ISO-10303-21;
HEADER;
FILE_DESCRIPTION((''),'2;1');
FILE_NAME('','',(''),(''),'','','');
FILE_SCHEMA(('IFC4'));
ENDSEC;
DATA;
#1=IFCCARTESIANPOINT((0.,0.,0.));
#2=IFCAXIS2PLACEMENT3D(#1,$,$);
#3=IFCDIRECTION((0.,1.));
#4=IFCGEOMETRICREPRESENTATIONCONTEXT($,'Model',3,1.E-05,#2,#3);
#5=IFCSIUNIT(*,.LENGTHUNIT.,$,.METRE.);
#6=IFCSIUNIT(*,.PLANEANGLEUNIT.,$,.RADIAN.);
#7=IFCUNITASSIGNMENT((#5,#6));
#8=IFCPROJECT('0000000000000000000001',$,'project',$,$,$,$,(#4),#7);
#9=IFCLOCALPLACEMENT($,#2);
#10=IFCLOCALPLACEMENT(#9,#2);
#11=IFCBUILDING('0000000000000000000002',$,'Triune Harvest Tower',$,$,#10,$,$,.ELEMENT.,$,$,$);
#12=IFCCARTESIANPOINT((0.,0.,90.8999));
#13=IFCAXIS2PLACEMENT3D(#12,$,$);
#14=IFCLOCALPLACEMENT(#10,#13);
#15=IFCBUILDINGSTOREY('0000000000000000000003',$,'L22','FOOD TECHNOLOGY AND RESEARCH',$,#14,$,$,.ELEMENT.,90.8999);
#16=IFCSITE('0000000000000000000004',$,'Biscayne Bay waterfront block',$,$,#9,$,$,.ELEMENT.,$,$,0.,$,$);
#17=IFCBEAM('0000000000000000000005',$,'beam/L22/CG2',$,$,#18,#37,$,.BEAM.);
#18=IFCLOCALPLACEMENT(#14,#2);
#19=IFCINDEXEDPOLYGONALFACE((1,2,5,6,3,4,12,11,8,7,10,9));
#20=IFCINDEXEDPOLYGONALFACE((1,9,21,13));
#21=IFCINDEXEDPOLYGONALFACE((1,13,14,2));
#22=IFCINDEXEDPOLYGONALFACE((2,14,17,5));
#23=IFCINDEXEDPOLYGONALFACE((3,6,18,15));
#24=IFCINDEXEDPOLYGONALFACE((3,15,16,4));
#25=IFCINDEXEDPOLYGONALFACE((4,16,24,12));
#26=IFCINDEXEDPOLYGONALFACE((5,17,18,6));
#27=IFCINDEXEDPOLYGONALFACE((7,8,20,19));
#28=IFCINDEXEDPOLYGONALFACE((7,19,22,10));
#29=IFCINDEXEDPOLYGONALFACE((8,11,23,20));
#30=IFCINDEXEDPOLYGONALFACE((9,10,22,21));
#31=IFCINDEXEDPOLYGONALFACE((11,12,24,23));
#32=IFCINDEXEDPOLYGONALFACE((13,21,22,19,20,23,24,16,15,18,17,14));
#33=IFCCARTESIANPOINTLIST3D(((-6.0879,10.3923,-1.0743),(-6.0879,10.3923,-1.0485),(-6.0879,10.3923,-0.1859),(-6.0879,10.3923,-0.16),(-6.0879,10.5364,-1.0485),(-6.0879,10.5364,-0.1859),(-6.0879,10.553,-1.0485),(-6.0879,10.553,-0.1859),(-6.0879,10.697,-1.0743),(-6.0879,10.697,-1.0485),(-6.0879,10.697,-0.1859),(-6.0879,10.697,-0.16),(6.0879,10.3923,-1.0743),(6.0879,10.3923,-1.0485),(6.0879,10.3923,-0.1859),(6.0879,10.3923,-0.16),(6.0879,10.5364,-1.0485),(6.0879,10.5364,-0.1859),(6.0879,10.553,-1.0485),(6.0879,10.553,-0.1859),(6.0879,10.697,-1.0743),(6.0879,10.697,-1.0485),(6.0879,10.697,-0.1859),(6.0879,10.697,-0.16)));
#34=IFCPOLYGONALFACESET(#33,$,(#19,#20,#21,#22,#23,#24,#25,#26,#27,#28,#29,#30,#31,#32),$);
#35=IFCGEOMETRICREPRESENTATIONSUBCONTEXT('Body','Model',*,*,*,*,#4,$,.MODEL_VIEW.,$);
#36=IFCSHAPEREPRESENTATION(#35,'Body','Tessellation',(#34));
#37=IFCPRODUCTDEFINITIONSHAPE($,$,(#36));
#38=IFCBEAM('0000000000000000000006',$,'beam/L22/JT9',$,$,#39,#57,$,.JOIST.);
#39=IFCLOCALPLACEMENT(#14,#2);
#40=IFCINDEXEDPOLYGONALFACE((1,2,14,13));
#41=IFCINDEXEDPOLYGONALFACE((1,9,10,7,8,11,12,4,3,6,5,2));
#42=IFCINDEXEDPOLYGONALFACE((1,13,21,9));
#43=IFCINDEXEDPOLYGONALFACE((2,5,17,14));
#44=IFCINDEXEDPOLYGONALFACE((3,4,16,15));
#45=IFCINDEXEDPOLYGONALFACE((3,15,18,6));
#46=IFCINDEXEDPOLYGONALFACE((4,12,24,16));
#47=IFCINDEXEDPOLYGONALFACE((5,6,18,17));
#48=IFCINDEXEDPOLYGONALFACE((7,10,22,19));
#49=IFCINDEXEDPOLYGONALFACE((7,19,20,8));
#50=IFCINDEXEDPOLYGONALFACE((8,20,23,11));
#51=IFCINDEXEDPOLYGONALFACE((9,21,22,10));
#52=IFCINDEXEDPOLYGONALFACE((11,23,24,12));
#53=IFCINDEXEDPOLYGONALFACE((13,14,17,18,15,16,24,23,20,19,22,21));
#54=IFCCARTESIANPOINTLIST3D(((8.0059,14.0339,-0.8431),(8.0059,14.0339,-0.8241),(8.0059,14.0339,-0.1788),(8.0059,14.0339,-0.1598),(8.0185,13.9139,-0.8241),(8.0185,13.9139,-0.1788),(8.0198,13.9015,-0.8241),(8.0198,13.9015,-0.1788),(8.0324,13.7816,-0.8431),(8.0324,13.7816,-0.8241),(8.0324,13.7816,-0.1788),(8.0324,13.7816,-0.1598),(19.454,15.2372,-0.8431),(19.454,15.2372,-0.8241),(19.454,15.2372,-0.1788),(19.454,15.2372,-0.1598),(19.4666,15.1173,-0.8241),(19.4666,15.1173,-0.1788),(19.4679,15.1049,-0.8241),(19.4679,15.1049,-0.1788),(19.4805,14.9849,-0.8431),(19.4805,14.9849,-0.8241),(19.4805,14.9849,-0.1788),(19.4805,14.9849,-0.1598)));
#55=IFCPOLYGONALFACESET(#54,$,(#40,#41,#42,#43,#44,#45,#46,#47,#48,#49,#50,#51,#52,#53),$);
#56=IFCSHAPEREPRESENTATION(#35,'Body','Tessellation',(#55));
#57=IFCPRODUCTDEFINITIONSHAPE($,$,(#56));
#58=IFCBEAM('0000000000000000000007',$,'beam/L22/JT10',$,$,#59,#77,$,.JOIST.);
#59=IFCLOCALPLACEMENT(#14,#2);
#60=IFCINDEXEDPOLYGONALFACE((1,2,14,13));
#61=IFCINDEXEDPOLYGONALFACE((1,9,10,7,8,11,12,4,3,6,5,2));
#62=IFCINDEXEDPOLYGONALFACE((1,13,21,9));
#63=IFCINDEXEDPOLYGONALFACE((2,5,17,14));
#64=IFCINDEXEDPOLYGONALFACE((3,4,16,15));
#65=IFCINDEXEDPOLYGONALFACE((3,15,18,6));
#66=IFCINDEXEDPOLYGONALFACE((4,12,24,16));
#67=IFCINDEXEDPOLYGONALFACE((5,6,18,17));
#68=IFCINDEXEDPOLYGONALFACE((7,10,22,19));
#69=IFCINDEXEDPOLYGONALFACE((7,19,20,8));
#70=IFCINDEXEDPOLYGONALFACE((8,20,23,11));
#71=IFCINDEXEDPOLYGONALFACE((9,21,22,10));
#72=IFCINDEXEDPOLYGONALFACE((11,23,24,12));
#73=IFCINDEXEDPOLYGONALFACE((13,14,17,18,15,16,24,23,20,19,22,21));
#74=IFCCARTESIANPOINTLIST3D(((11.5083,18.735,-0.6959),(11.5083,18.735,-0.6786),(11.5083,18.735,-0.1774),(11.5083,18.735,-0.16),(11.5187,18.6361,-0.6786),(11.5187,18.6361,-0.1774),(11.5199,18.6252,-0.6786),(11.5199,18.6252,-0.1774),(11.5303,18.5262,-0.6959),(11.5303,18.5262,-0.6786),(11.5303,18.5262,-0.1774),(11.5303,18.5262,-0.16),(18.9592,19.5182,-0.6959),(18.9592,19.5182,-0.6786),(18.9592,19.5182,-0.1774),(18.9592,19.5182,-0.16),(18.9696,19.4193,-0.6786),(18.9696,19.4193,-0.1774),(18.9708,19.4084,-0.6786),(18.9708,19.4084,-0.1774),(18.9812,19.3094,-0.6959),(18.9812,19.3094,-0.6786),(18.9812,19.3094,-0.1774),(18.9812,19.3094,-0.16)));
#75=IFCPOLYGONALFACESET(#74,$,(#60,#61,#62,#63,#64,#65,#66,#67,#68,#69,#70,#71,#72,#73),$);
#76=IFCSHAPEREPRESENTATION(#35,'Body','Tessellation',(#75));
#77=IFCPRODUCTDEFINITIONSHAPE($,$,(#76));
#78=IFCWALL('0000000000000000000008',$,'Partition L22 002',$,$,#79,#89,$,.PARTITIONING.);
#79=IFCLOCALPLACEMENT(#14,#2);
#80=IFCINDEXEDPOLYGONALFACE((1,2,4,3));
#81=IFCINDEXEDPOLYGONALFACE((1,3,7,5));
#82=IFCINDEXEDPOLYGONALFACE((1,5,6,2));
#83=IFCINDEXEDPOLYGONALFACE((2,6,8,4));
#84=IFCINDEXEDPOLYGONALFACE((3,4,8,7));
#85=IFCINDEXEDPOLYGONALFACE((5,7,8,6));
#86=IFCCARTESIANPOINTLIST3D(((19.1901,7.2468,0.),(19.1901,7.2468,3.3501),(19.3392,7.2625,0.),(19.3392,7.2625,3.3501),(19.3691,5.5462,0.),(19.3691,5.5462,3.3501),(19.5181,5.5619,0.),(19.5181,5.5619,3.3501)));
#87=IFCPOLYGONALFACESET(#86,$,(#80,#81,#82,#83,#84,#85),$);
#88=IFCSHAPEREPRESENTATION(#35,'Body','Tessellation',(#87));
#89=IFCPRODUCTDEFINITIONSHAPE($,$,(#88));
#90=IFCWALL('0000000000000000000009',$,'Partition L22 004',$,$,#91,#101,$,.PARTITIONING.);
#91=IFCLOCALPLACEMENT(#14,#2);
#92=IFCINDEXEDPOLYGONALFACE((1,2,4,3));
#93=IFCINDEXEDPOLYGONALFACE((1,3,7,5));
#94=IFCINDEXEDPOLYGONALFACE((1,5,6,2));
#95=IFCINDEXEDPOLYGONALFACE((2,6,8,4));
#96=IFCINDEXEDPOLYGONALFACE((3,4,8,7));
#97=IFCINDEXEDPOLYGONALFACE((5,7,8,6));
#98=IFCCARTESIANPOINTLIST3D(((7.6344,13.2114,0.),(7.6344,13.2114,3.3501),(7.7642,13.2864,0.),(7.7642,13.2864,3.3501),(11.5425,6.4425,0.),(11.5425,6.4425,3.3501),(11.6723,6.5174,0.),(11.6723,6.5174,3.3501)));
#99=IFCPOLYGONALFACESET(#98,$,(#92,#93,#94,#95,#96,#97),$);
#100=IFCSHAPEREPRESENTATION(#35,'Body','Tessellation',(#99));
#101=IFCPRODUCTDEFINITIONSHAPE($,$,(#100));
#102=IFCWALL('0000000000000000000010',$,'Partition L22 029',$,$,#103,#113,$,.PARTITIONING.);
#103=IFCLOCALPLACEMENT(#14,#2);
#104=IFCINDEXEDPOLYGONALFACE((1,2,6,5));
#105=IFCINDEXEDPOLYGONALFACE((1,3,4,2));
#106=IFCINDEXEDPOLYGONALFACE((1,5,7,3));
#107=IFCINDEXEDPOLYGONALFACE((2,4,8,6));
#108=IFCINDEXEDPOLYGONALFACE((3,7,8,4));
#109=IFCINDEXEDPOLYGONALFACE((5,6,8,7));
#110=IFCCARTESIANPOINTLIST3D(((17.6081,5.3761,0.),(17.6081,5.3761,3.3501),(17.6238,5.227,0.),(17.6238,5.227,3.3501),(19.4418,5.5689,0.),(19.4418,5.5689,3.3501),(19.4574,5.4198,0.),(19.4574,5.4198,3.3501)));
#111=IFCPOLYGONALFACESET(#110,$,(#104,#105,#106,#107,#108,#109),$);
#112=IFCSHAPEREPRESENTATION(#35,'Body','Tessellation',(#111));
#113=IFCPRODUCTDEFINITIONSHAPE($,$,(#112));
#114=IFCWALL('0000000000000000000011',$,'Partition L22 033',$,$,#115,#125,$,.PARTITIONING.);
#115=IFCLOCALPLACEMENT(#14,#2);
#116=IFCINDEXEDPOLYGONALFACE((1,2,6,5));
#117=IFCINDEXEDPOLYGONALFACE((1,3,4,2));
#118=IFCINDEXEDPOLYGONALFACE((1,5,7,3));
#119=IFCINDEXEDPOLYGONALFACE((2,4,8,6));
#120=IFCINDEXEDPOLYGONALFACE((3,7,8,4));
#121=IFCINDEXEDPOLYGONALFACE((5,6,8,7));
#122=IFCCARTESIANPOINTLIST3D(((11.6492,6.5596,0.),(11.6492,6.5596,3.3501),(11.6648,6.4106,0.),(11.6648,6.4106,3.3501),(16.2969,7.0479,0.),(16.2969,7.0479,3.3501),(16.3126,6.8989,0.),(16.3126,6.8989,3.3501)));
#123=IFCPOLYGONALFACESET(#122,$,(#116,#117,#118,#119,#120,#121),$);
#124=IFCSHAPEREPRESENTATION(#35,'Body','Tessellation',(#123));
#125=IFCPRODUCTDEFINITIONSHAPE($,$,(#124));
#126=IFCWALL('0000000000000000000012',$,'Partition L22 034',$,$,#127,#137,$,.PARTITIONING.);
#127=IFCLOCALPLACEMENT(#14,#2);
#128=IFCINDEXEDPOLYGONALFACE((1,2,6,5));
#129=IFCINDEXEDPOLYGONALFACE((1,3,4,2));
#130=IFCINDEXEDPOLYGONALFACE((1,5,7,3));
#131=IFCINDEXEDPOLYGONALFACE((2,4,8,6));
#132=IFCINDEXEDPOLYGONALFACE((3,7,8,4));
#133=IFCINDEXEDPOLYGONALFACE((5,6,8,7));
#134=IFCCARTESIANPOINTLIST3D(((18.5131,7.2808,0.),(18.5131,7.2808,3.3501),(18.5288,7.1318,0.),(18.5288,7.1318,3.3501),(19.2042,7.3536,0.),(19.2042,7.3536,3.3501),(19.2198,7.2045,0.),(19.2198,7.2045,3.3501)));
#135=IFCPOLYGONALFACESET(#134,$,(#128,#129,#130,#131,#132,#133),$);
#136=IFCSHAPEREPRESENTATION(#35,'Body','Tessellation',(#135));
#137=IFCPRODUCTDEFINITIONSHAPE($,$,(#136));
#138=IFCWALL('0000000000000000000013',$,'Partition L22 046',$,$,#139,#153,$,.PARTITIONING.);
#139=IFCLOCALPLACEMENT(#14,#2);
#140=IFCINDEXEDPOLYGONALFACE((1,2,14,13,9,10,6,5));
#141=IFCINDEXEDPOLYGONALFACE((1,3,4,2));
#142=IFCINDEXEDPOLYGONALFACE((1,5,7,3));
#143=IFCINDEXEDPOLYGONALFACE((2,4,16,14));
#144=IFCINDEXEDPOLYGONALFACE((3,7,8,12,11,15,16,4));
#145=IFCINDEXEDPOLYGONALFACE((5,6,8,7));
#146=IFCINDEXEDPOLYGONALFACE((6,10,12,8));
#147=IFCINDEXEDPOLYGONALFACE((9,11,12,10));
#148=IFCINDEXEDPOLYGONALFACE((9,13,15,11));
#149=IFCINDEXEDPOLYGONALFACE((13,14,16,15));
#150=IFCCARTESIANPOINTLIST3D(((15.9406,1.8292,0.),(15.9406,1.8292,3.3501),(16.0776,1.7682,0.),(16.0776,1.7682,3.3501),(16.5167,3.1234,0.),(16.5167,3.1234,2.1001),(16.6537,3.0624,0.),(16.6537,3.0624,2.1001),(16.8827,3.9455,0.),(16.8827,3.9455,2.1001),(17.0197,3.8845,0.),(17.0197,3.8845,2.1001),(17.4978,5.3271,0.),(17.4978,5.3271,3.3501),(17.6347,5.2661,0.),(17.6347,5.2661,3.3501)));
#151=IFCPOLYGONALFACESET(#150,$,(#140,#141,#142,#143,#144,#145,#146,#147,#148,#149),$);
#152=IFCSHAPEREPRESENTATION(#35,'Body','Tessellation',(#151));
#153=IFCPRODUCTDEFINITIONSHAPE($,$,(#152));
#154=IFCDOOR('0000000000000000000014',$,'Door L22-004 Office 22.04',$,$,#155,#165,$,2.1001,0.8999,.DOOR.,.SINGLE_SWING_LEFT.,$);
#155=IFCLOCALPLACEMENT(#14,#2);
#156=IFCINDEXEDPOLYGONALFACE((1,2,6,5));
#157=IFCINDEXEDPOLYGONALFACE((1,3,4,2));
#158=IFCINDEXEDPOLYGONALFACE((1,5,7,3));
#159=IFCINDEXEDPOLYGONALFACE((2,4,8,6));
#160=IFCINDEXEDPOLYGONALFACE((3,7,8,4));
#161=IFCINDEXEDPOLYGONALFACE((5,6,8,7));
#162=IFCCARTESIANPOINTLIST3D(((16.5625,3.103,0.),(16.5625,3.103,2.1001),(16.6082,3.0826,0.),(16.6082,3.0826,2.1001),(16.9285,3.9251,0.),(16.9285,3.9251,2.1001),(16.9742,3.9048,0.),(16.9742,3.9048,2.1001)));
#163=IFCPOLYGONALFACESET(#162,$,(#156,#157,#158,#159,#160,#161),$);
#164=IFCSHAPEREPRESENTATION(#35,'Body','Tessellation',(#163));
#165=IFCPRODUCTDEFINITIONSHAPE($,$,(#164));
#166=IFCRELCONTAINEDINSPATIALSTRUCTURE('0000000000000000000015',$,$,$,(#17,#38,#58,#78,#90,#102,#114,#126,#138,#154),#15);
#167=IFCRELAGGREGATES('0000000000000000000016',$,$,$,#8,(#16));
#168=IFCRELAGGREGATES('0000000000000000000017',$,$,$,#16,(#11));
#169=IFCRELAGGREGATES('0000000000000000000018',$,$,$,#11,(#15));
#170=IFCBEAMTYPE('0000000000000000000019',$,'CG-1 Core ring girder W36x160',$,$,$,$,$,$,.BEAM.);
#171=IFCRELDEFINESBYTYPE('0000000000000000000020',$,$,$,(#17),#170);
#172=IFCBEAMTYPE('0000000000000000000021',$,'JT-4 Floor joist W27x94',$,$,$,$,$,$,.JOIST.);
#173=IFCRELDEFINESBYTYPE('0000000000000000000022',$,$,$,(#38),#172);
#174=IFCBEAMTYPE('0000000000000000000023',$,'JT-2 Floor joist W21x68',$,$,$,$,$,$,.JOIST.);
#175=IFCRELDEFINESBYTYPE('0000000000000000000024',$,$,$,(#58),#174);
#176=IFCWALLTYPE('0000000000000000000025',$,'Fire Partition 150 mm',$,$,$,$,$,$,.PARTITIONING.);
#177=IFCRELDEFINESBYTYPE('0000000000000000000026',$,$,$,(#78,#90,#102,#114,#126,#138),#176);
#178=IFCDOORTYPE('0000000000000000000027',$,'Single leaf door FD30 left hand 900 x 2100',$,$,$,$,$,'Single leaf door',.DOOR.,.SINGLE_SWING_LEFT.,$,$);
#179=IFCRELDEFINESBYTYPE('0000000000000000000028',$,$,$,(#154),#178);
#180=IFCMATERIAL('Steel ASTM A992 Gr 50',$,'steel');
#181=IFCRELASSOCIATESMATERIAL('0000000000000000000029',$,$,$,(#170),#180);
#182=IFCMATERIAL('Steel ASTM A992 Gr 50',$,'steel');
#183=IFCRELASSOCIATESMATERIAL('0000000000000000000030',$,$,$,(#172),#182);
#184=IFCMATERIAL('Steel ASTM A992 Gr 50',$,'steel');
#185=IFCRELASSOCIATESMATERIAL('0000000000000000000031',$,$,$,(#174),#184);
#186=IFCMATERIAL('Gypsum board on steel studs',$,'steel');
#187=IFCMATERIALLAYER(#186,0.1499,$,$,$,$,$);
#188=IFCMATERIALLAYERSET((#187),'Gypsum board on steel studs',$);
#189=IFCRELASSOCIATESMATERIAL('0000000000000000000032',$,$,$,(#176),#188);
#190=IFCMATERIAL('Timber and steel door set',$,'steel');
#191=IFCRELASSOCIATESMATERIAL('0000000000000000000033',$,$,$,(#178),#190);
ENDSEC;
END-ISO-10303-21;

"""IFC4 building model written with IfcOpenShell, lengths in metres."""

from ifc_helpers import new_model, si_unit, direction, frame, frame_2d, origin, origin_2d, place, context, subcontext, project, spatial, rectangle, i_section, extrude, source, transform, mapped, material, layer, layer_set, material_profile, profile_set, type_object, element, fill, save


model = new_model("IFC4")

# Units and contexts
model_context = context("Model", 3, precision=1e-05, world=origin(), true_north=direction((0.0, 1.0)))
body_context = subcontext(model_context, "Body", "Model", "MODEL_VIEW")
ifc_project = project(units=[si_unit("LENGTHUNIT", "METRE"), si_unit("PLANEANGLEUNIT", "RADIAN")], contexts=[model_context])

# Site, building, storey
site_placement = place(None, origin())
site = spatial("IfcSite", under=ifc_project, at=site_placement, Name="Biscayne Bay waterfront block", CompositionType="ELEMENT", RefElevation=0.0)
building_placement = place(site_placement, origin())
building = spatial("IfcBuilding", under=site, at=building_placement, Name="Triune Harvest Tower", CompositionType="ELEMENT")
storey_placement = place(building_placement, frame((0.0, 0.0, 90.8999)))
storey = spatial("IfcBuildingStorey", under=building, at=storey_placement, Name="L22", Description="FOOD TECHNOLOGY AND RESEARCH", CompositionType="ELEMENT", Elevation=90.8999)

# Beams
ifc_material_1 = material(Name="Steel ASTM A992 Gr 50", Category="steel")
ifc_material_profile_1 = material_profile(ifc_material_1, i_section(OverallWidth=0.3047, OverallDepth=0.9143, WebThickness=0.0166, FlangeThickness=0.0259, at=origin_2d()), Name="W36x160")
ifc_profile_set_1 = profile_set([ifc_material_profile_1], Name="Steel ASTM A992 Gr 50")
beam_type_1 = type_object("IfcBeamType", Name="CG-1 Core ring girder W36x160", PredefinedType="BEAM", material=ifc_profile_set_1)
shared_shape_1 = source(origin(), body_context, "Body", "SweptSolid", [
    extrude(i_section(OverallWidth=0.3047, OverallDepth=0.9143, WebThickness=0.0166, FlangeThickness=0.0259, at=origin_2d()), origin(), (0.0, 0.0, 1.0), 12.1758),
])
beam_1_placement = place(storey_placement, frame((6.0879, 10.5447, -0.6172), z_axis=(-1.0, 0.0, 0.0), x_axis=(0.0, -1.0, 0.0)))
element("IfcBeam", 1, at=beam_1_placement, inside=storey, type_object=beam_type_1, Name="beam/L22/CG2", PredefinedType="BEAM", context=body_context, shape_type="MappedRepresentation", body=[
    mapped(shared_shape_1, transform((0.0, 0.0, 0.0), scale=1.0)),
])
ifc_material_2 = material(Name="Steel ASTM A992 Gr 50", Category="steel")
ifc_material_profile_2 = material_profile(ifc_material_2, i_section(OverallWidth=0.2537, OverallDepth=0.6833, WebThickness=0.0125, FlangeThickness=0.019, at=origin_2d()), Name="W27x94")
ifc_profile_set_2 = profile_set([ifc_material_profile_2], Name="Steel ASTM A992 Gr 50")
beam_type_2 = type_object("IfcBeamType", Name="JT-4 Floor joist W27x94", PredefinedType="JOIST", material=ifc_profile_set_2)
shared_shape_2 = source(origin(), body_context, "Body", "SweptSolid", [
    extrude(i_section(OverallWidth=0.2537, OverallDepth=0.6833, WebThickness=0.0125, FlangeThickness=0.019, at=origin_2d()), origin(), (0.0, 0.0, 1.0), 11.5112),
])
beam_2_placement = place(storey_placement, frame((19.4673, 15.1111, -0.5015), z_axis=(-0.994521, -0.104538, 0.0), x_axis=(0.104538, -0.994521, 0.0)))
element("IfcBeam", 2, at=beam_2_placement, inside=storey, type_object=beam_type_2, Name="beam/L22/JT9", PredefinedType="JOIST", context=body_context, shape_type="MappedRepresentation", body=[
    mapped(shared_shape_2, transform((0.0, 0.0, 0.0), scale=1.0)),
])
ifc_material_3 = material(Name="Steel ASTM A992 Gr 50", Category="steel")
ifc_material_profile_3 = material_profile(ifc_material_3, i_section(OverallWidth=0.21, OverallDepth=0.5359, WebThickness=0.011, FlangeThickness=0.0173, at=origin_2d()), Name="W21x68")
ifc_profile_set_3 = profile_set([ifc_material_profile_3], Name="Steel ASTM A992 Gr 50")
beam_type_3 = type_object("IfcBeamType", Name="JT-2 Floor joist W21x68", PredefinedType="JOIST", material=ifc_profile_set_3)
shared_shape_3 = source(origin(), body_context, "Body", "SweptSolid", [
    extrude(i_section(OverallWidth=0.21, OverallDepth=0.5359, WebThickness=0.011, FlangeThickness=0.0173, at=origin_2d()), origin(), (0.0, 0.0, 1.0), 7.4919),
])
beam_3_placement = place(storey_placement, frame((18.9702, 19.4138, -0.428), z_axis=(-0.994521, -0.104539, 0.0), x_axis=(0.104539, -0.994521, 0.0)))
element("IfcBeam", 3, at=beam_3_placement, inside=storey, type_object=beam_type_3, Name="beam/L22/JT10", PredefinedType="JOIST", context=body_context, shape_type="MappedRepresentation", body=[
    mapped(shared_shape_3, transform((0.0, 0.0, 0.0), scale=1.0)),
])

# Walls
ifc_material_4 = material(Name="Gypsum board on steel studs", Category="steel")
ifc_layer_1 = layer(ifc_material_4, 0.1499)
ifc_layer_set_1 = layer_set([ifc_layer_1], Name="Gypsum board on steel studs")
wall_type_1 = type_object("IfcWallType", Name="Fire Partition 150 mm", PredefinedType="PARTITIONING", material=ifc_layer_set_1)
wall_1_placement = place(storey_placement, frame((19.2646, 7.2546, 0.0), z_axis=(0.0, 0.0, 1.0), x_axis=(0.104648, -0.994509, 0.0)))
element("IfcWall", 4, at=wall_1_placement, inside=storey, type_object=wall_type_1, Name="Partition L22 002", PredefinedType="PARTITIONING", context=body_context, shape_type="SweptSolid", body=[
    extrude(rectangle(XDim=1.71, YDim=0.1499, at=frame_2d((0.855, 0.0))), origin(), (0.0, 0.0, 1.0), 3.3501),
])
wall_2_placement = place(storey_placement, frame((7.6992, 13.249, 0.0), z_axis=(0.0, 0.0, 1.0), x_axis=(0.500009, -0.86602, 0.0)))
element("IfcWall", 5, at=wall_2_placement, inside=storey, type_object=wall_type_1, Name="Partition L22 004", PredefinedType="PARTITIONING", context=body_context, shape_type="SweptSolid", body=[
    extrude(rectangle(XDim=7.8162, YDim=0.1499, at=frame_2d((3.9082, 0.0))), origin(), (0.0, 0.0, 1.0), 3.3501),
])
wall_3_placement = place(storey_placement, frame((17.616, 5.3015, 0.0), z_axis=(0.0, 0.0, 1.0), x_axis=(0.994514, 0.104602, 0.0)))
element("IfcWall", 6, at=wall_3_placement, inside=storey, type_object=wall_type_1, Name="Partition L22 029", PredefinedType="PARTITIONING", context=body_context, shape_type="SweptSolid", body=[
    extrude(rectangle(XDim=1.8438, YDim=0.1499, at=frame_2d((0.9219, 0.0))), origin(), (0.0, 0.0, 1.0), 3.3501),
])
wall_4_placement = place(storey_placement, frame((11.657, 6.4851, 0.0), z_axis=(0.0, 0.0, 1.0), x_axis=(0.994527, 0.104484, 0.0)))
element("IfcWall", 7, at=wall_4_placement, inside=storey, type_object=wall_type_1, Name="Partition L22 033", PredefinedType="PARTITIONING", context=body_context, shape_type="SweptSolid", body=[
    extrude(rectangle(XDim=4.6733, YDim=0.1499, at=frame_2d((2.3367, 0.0))), origin(), (0.0, 0.0, 1.0), 3.3501),
])
wall_5_placement = place(storey_placement, frame((18.521, 7.2063, 0.0), z_axis=(0.0, 0.0, 1.0), x_axis=(0.994502, 0.104721, 0.0)))
element("IfcWall", 8, at=wall_5_placement, inside=storey, type_object=wall_type_1, Name="Partition L22 034", PredefinedType="PARTITIONING", context=body_context, shape_type="SweptSolid", body=[
    extrude(rectangle(XDim=0.6948, YDim=0.1499, at=frame_2d((0.3474, 0.0))), origin(), (0.0, 0.0, 1.0), 3.3501),
])

# Wall, opening, door
wall_6_placement = place(storey_placement, frame((16.009, 1.7986, 0.0), z_axis=(0.0, 0.0, 1.0), x_axis=(0.406695, 0.913564, 0.0)))
wall_6 = element("IfcWall", 9, at=wall_6_placement, inside=storey, type_object=wall_type_1, Name="Partition L22 046", PredefinedType="PARTITIONING", context=body_context, shape_type="SweptSolid", body=[
    extrude(rectangle(XDim=3.8289, YDim=0.1499, at=frame_2d((1.9146, 0.0))), origin(), (0.0, 0.0, 1.0), 3.3501),
])
opening_1_placement = place(wall_6_placement, frame((1.4167, 0.0, 0.0)))
opening_1 = element("IfcOpeningElement", 10, at=opening_1_placement, cuts=wall_6, PredefinedType="OPENING", context=body_context, shape_type="SweptSolid", body=[
    extrude(rectangle(XDim=0.8999, YDim=2.1001, at=frame_2d((0.45, 1.05))), frame((0.0, 0.085, 0.0), z_axis=(0.0, -1.0, 0.0), x_axis=(1.0, 0.0, 0.0)), (0.0, 0.0, 1.0), 0.1699),
])
ifc_material_5 = material(Name="Timber and steel door set", Category="steel")
door_type_1 = type_object("IfcDoorType", Name="Single leaf door FD30 left hand 900 x 2100", ElementType="Single leaf door", OperationType="SINGLE_SWING_LEFT", PredefinedType="DOOR", material=ifc_material_5)
door_1_placement = place(opening_1_placement, origin())
door_1 = element("IfcDoor", 11, at=door_1_placement, inside=storey, type_object=door_type_1, Name="Door L22-004 Office 22.04", OperationType="SINGLE_SWING_LEFT", OverallHeight=2.1001, OverallWidth=0.8999, PredefinedType="DOOR", context=body_context, shape_type="SweptSolid", body=[
    extrude(rectangle(XDim=0.8999, YDim=2.1001, at=frame_2d((0.45, 1.05))), frame((0.0, 0.0249, 0.0), z_axis=(0.0, -1.0, 0.0), x_axis=(1.0, 0.0, 0.0)), (0.0, 0.0, 1.0), 0.05),
])
fill(opening_1, door_1)

save(model, "model.ifc")
